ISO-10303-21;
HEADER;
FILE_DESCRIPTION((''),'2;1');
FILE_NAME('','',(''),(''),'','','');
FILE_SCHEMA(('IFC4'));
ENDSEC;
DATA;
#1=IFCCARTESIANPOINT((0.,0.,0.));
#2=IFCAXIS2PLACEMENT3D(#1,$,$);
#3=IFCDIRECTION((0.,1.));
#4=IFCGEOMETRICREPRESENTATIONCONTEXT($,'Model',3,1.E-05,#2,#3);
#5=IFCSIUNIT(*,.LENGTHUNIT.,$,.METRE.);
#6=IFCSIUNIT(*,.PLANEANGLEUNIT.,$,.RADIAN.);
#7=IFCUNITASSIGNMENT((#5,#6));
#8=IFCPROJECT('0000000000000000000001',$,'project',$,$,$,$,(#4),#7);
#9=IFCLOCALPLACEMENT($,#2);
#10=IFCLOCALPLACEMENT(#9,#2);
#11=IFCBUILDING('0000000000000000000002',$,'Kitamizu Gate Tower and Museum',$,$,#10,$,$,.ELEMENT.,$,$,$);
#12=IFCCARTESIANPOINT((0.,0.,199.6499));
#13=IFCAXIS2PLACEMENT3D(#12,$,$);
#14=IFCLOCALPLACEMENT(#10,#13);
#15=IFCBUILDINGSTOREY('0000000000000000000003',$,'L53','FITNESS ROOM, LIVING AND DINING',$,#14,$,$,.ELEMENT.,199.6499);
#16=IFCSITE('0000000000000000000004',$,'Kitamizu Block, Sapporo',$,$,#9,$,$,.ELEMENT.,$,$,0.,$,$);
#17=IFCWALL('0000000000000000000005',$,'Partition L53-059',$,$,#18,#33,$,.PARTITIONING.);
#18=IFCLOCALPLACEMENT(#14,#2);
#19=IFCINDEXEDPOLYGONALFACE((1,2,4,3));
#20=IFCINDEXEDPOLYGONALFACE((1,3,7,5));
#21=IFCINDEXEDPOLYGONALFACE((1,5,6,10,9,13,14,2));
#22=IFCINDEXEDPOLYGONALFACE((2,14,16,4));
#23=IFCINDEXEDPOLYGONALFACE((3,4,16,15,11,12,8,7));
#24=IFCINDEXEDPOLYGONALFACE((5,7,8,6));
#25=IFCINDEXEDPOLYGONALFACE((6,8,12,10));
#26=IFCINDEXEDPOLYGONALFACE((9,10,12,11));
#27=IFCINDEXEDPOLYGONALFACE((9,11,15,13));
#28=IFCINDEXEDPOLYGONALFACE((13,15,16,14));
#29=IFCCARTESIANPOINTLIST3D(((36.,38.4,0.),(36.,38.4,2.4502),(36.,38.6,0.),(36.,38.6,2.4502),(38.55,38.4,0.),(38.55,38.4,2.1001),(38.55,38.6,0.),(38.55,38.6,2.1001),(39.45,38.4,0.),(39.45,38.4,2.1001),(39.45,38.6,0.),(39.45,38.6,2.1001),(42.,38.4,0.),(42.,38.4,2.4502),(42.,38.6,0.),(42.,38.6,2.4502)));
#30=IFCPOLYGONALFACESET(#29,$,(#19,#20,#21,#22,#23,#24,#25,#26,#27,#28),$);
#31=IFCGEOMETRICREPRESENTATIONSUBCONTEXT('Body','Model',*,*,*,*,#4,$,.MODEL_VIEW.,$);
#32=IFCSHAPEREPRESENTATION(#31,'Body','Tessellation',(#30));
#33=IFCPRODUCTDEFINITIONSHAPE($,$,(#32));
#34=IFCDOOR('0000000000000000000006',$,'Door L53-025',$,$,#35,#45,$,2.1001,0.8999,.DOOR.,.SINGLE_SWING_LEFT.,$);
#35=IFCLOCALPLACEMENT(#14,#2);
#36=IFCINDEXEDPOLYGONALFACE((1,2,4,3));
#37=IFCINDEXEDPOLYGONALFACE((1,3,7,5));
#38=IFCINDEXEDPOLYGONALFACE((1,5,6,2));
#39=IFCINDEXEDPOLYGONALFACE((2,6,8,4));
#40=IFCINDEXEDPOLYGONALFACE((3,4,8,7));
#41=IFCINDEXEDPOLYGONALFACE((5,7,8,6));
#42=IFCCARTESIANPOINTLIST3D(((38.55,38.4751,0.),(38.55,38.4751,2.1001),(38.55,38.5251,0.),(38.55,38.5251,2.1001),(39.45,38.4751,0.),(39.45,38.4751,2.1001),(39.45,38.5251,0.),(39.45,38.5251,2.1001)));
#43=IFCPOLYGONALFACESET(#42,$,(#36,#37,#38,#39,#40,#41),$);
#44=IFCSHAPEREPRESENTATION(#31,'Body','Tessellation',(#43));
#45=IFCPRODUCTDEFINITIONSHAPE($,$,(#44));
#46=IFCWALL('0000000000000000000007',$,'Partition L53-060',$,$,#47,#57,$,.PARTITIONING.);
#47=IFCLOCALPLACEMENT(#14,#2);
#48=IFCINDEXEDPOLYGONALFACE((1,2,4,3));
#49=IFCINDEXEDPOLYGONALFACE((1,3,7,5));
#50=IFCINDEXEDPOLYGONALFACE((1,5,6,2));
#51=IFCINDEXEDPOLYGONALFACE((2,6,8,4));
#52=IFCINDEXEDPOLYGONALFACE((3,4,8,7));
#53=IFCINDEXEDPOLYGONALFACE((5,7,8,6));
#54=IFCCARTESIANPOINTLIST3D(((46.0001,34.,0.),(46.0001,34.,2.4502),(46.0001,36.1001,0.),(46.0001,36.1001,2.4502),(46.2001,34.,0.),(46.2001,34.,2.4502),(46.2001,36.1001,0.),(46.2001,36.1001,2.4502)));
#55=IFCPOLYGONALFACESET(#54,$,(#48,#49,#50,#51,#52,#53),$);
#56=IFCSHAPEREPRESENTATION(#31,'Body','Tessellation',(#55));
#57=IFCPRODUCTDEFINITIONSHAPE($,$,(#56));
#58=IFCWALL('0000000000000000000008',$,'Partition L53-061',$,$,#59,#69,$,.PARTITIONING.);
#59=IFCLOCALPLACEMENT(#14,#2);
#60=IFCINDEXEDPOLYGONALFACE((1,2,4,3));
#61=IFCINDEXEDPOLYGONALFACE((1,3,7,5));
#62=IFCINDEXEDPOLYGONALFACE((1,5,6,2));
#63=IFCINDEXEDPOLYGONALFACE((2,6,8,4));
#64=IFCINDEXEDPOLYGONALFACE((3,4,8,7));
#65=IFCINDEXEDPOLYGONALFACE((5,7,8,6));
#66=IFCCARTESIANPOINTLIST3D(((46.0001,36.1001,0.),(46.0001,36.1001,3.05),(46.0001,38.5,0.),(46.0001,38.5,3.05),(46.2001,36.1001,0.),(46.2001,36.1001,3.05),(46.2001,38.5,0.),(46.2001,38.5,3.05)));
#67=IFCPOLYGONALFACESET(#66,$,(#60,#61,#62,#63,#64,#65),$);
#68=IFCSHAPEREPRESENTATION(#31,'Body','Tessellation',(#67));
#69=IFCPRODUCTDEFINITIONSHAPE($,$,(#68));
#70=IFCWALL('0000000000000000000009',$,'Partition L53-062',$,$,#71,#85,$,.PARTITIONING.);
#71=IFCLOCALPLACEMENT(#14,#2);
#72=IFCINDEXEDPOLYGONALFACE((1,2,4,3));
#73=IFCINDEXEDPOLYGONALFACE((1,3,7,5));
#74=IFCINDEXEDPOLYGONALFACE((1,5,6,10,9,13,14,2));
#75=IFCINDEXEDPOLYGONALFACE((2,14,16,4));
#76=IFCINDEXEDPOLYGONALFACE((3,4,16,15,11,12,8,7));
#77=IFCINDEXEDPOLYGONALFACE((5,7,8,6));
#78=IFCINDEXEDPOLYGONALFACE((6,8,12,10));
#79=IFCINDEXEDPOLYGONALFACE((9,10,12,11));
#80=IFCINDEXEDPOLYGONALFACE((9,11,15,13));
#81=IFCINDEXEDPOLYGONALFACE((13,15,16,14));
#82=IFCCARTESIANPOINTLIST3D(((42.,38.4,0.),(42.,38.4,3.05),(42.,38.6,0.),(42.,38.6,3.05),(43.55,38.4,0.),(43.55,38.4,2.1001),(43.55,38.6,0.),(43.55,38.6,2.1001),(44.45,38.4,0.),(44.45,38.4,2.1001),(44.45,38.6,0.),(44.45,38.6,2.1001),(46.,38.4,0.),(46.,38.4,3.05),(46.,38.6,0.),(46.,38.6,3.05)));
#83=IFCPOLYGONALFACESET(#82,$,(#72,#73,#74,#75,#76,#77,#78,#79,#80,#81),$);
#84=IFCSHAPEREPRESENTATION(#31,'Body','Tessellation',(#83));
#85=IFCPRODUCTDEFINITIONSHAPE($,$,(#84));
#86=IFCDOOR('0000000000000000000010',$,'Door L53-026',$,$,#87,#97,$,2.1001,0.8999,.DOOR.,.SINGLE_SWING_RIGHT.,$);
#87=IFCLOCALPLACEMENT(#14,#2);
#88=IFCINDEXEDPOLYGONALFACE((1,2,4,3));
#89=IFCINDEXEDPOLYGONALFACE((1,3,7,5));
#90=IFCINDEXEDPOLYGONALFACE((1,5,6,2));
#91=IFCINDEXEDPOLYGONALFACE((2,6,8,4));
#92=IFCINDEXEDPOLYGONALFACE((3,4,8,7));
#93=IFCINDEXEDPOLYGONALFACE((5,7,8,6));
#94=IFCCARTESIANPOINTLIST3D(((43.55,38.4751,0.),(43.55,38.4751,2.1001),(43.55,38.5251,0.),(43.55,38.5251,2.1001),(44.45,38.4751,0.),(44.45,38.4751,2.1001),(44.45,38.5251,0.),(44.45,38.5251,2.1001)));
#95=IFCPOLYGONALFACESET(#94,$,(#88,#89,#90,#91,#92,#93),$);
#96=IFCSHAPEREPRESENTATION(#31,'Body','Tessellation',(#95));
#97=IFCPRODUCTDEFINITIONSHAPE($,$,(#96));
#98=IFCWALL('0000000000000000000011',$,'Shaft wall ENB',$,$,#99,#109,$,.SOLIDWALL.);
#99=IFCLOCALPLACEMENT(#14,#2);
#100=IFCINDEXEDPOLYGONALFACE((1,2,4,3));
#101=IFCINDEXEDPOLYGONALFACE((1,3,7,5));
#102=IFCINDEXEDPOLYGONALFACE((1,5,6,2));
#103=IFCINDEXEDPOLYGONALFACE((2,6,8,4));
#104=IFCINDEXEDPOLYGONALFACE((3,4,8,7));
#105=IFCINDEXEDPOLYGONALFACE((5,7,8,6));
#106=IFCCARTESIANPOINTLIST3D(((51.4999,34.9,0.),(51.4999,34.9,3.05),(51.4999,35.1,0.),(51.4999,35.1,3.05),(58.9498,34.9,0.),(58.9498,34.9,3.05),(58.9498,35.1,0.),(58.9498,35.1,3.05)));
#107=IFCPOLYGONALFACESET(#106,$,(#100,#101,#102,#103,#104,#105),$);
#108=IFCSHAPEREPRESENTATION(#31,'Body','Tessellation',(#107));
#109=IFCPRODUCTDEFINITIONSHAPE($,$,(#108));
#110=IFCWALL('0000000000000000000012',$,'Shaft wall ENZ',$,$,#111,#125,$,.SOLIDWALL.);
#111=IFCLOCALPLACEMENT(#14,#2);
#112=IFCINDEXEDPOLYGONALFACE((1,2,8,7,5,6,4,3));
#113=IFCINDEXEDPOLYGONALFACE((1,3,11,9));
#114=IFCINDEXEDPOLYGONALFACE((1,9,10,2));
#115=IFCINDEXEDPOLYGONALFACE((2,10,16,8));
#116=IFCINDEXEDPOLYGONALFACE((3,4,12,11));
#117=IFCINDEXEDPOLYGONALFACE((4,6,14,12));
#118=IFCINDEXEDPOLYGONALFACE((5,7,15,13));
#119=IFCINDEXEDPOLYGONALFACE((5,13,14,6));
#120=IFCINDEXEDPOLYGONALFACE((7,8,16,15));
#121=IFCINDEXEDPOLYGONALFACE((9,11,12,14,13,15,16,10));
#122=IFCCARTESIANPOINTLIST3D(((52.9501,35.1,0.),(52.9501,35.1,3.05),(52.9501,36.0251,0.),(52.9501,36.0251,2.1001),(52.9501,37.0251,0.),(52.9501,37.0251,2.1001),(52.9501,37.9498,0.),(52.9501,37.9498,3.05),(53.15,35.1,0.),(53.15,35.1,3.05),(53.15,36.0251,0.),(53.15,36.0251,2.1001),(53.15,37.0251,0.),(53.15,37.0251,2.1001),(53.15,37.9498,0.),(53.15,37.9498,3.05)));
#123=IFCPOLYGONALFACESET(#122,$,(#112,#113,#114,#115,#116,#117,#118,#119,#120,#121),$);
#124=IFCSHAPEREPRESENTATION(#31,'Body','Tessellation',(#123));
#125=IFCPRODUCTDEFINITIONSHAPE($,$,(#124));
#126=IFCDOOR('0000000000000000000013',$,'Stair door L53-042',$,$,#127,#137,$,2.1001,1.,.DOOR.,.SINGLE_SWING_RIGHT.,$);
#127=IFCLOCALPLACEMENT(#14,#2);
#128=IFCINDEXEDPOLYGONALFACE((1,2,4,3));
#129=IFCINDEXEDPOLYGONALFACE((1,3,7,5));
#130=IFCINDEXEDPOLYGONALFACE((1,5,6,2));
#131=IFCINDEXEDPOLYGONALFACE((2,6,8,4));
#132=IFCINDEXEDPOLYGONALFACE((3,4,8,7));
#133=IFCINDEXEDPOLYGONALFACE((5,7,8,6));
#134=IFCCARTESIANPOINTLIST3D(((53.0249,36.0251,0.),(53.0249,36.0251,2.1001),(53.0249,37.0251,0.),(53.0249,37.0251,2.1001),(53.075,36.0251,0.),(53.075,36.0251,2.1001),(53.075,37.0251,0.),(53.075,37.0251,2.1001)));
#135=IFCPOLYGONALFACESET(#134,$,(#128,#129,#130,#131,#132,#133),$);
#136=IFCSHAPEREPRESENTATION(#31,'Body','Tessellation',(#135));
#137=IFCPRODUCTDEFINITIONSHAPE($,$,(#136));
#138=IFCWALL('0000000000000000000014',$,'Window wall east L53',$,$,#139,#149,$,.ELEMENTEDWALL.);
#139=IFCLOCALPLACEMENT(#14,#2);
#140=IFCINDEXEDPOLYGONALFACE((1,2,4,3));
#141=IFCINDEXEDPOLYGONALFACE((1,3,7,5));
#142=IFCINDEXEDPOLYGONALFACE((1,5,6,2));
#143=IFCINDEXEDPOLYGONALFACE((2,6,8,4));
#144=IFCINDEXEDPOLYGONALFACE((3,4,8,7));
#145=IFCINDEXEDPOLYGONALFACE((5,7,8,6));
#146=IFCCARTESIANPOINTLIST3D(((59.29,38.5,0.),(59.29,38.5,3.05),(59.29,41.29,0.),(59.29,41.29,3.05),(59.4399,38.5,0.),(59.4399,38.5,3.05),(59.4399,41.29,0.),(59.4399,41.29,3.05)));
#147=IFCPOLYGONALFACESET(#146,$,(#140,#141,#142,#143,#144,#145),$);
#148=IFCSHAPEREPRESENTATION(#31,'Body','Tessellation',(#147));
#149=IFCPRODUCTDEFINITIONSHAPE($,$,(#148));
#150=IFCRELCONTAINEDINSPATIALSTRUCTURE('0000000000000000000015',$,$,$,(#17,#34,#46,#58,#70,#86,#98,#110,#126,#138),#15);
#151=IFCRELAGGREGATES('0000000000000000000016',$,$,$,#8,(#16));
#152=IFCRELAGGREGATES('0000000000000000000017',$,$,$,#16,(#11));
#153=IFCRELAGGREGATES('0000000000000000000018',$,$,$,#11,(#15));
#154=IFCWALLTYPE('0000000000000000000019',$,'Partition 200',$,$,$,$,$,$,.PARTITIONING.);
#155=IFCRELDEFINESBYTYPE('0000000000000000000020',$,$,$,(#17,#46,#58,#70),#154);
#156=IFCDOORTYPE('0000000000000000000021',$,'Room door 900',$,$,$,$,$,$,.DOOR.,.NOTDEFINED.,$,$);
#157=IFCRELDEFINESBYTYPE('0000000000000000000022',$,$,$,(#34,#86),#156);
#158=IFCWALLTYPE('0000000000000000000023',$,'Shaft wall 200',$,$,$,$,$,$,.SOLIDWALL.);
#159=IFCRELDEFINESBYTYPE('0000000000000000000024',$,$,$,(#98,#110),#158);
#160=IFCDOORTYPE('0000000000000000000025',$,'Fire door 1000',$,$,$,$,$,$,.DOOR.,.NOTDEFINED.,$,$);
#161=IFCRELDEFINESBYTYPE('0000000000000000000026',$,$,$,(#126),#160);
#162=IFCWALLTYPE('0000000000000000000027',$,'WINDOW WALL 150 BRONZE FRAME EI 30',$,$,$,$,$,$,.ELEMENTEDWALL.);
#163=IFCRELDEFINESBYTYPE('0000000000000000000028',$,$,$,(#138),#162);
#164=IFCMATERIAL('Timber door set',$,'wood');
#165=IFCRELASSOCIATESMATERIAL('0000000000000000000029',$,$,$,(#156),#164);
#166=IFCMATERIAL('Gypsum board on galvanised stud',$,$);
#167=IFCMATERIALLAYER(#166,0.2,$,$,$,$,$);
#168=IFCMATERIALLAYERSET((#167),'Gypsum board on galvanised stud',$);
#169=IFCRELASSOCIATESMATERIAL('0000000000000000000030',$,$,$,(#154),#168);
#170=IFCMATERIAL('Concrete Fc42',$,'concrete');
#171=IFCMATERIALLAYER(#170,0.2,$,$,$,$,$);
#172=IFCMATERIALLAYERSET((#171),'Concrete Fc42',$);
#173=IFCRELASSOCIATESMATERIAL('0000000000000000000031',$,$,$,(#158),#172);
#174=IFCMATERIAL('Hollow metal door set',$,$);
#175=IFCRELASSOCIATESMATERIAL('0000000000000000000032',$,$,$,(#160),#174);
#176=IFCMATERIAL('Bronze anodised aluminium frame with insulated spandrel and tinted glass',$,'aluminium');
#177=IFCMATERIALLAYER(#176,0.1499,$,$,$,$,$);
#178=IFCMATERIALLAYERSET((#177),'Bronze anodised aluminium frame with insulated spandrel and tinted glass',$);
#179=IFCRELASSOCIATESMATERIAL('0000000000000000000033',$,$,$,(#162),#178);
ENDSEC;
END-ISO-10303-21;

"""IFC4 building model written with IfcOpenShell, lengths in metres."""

from ifc_helpers import new_model, si_unit, direction, frame, frame_2d, origin, place, context, subcontext, project, spatial, rectangle, extrude, material, layer, layer_set, type_object, element, fill, save


model = new_model("IFC4")

# Units and contexts
model_context = context("Model", 3, precision=1e-05, world=origin(), true_north=direction((0.0, 1.0)))
body_context = subcontext(model_context, "Body", "Model", "MODEL_VIEW")
ifc_project = project(units=[si_unit("LENGTHUNIT", "METRE"), si_unit("PLANEANGLEUNIT", "RADIAN")], contexts=[model_context])

# Site, building, storey
site_placement = place(None, origin())
site = spatial("IfcSite", under=ifc_project, at=site_placement, Name="Kitamizu Block, Sapporo", CompositionType="ELEMENT", RefElevation=0.0)
building_placement = place(site_placement, origin())
building = spatial("IfcBuilding", under=site, at=building_placement, Name="Kitamizu Gate Tower and Museum", CompositionType="ELEMENT")
storey_placement = place(building_placement, frame((0.0, 0.0, 199.6499)))
storey = spatial("IfcBuildingStorey", under=building, at=storey_placement, Name="L53", Description="FITNESS ROOM, LIVING AND DINING", CompositionType="ELEMENT", Elevation=199.6499)

# Shared definitions
ifc_material_1 = material(Name="Timber door set", Category="wood")
door_type_1 = type_object("IfcDoorType", Name="Room door 900", OperationType="NOTDEFINED", PredefinedType="DOOR", material=ifc_material_1)

# Shared definitions
ifc_material_2 = material(Name="Gypsum board on galvanised stud")
ifc_layer_1 = layer(ifc_material_2, 0.2)
ifc_layer_set_1 = layer_set([ifc_layer_1], Name="Gypsum board on galvanised stud")
wall_type_1 = type_object("IfcWallType", Name="Partition 200", PredefinedType="PARTITIONING", material=ifc_layer_set_1)

# Wall, opening, door
wall_1_placement = place(storey_placement, frame((42.0, 38.5, 0.0), z_axis=(0.0, 0.0, 1.0), x_axis=(-1.0, 0.0, 0.0)))
wall_1 = element("IfcWall", 1, at=wall_1_placement, inside=storey, type_object=wall_type_1, Name="Partition L53-059", PredefinedType="PARTITIONING", context=body_context, shape_type="SweptSolid", body=[
    extrude(rectangle(XDim=6.0, YDim=0.2, at=frame_2d((3.0, 0.0))), origin(), (0.0, 0.0, 1.0), 2.4502),
])
opening_1_placement = place(wall_1_placement, frame((2.55, 0.0, 0.0)))
opening_1 = element("IfcOpeningElement", 2, at=opening_1_placement, cuts=wall_1, PredefinedType="OPENING", context=body_context, shape_type="SweptSolid", body=[
    extrude(rectangle(XDim=0.8999, YDim=2.1001, at=frame_2d((0.45, 1.05))), frame((0.0, 0.1099, 0.0), z_axis=(0.0, -1.0, 0.0), x_axis=(1.0, 0.0, 0.0)), (0.0, 0.0, 1.0), 0.22),
])
door_1_placement = place(opening_1_placement, origin())
door_1 = element("IfcDoor", 3, at=door_1_placement, inside=storey, type_object=door_type_1, Name="Door L53-025", OperationType="SINGLE_SWING_LEFT", OverallHeight=2.1001, OverallWidth=0.8999, PredefinedType="DOOR", context=body_context, shape_type="SweptSolid", body=[
    extrude(rectangle(XDim=0.8999, YDim=2.1001, at=frame_2d((0.45, 1.05))), frame((0.0, 0.0249, 0.0), z_axis=(0.0, -1.0, 0.0), x_axis=(1.0, 0.0, 0.0)), (0.0, 0.0, 1.0), 0.05),
])
fill(opening_1, door_1)

# Walls
wall_2_placement = place(storey_placement, frame((46.1001, 34.0, 0.0), z_axis=(0.0, 0.0, 1.0), x_axis=(0.0, 1.0, 0.0)))
element("IfcWall", 4, at=wall_2_placement, inside=storey, type_object=wall_type_1, Name="Partition L53-060", PredefinedType="PARTITIONING", context=body_context, shape_type="SweptSolid", body=[
    extrude(rectangle(XDim=2.1001, YDim=0.2, at=frame_2d((1.05, 0.0))), origin(), (0.0, 0.0, 1.0), 2.4502),
])
wall_3_placement = place(storey_placement, frame((46.1001, 36.1001, 0.0), z_axis=(0.0, 0.0, 1.0), x_axis=(0.0, 1.0, 0.0)))
element("IfcWall", 5, at=wall_3_placement, inside=storey, type_object=wall_type_1, Name="Partition L53-061", PredefinedType="PARTITIONING", context=body_context, shape_type="SweptSolid", body=[
    extrude(rectangle(XDim=2.3999, YDim=0.2, at=frame_2d((1.2, 0.0))), origin(), (0.0, 0.0, 1.0), 3.05),
])

# Wall, opening, door
wall_4_placement = place(storey_placement, frame((46.0, 38.5, 0.0), z_axis=(0.0, 0.0, 1.0), x_axis=(-1.0, 0.0, 0.0)))
wall_4 = element("IfcWall", 6, at=wall_4_placement, inside=storey, type_object=wall_type_1, Name="Partition L53-062", PredefinedType="PARTITIONING", context=body_context, shape_type="SweptSolid", body=[
    extrude(rectangle(XDim=4.0, YDim=0.2, at=frame_2d((2.0, 0.0))), origin(), (0.0, 0.0, 1.0), 3.05),
])
opening_2_placement = place(wall_4_placement, frame((1.55, 0.0, 0.0)))
opening_2 = element("IfcOpeningElement", 7, at=opening_2_placement, cuts=wall_4, PredefinedType="OPENING", context=body_context, shape_type="SweptSolid", body=[
    extrude(rectangle(XDim=0.8999, YDim=2.1001, at=frame_2d((0.45, 1.05))), frame((0.0, 0.1099, 0.0), z_axis=(0.0, -1.0, 0.0), x_axis=(1.0, 0.0, 0.0)), (0.0, 0.0, 1.0), 0.22),
])
door_2_placement = place(opening_2_placement, origin())
door_2 = element("IfcDoor", 8, at=door_2_placement, inside=storey, type_object=door_type_1, Name="Door L53-026", OperationType="SINGLE_SWING_RIGHT", OverallHeight=2.1001, OverallWidth=0.8999, PredefinedType="DOOR", context=body_context, shape_type="SweptSolid", body=[
    extrude(rectangle(XDim=0.8999, YDim=2.1001, at=frame_2d((0.45, 1.05))), frame((0.0, 0.0249, 0.0), z_axis=(0.0, -1.0, 0.0), x_axis=(1.0, 0.0, 0.0)), (0.0, 0.0, 1.0), 0.05),
])
fill(opening_2, door_2)

# Wall
ifc_material_3 = material(Name="Concrete Fc42", Category="concrete")
ifc_layer_2 = layer(ifc_material_3, 0.2)
ifc_layer_set_2 = layer_set([ifc_layer_2], Name="Concrete Fc42")
wall_type_2 = type_object("IfcWallType", Name="Shaft wall 200", PredefinedType="SOLIDWALL", material=ifc_layer_set_2)
wall_5_placement = place(storey_placement, frame((58.95, 35.0, 0.0), z_axis=(0.0, 0.0, 1.0), x_axis=(-1.0, 0.0, 0.0)))
element("IfcWall", 9, at=wall_5_placement, inside=storey, type_object=wall_type_2, Name="Shaft wall ENB", PredefinedType="SOLIDWALL", context=body_context, shape_type="SweptSolid", body=[
    extrude(rectangle(XDim=7.45, YDim=0.2, at=frame_2d((3.7251, 0.0))), origin(), (0.0, 0.0, 1.0), 3.05),
])

# Wall, opening, door
wall_6_placement = place(storey_placement, frame((53.05, 35.1001, 0.0), z_axis=(0.0, 0.0, 1.0), x_axis=(0.0, 1.0, 0.0)))
wall_6 = element("IfcWall", 10, at=wall_6_placement, inside=storey, type_object=wall_type_2, Name="Shaft wall ENZ", PredefinedType="SOLIDWALL", context=body_context, shape_type="SweptSolid", body=[
    extrude(rectangle(XDim=2.8499, YDim=0.2, at=frame_2d((1.4248, 0.0))), origin(), (0.0, 0.0, 1.0), 3.05),
])
opening_3_placement = place(wall_6_placement, frame((0.925, 0.0, 0.0)))
opening_3 = element("IfcOpeningElement", 11, at=opening_3_placement, cuts=wall_6, PredefinedType="OPENING", context=body_context, shape_type="SweptSolid", body=[
    extrude(rectangle(XDim=1.0, YDim=2.1001, at=frame_2d((0.5, 1.05))), frame((0.0, 0.1099, 0.0), z_axis=(0.0, -1.0, 0.0), x_axis=(1.0, 0.0, 0.0)), (0.0, 0.0, 1.0), 0.22),
])
ifc_material_4 = material(Name="Hollow metal door set")
door_type_2 = type_object("IfcDoorType", Name="Fire door 1000", OperationType="NOTDEFINED", PredefinedType="DOOR", material=ifc_material_4)
door_3_placement = place(opening_3_placement, frame((1.0, 0.0, 0.0), x_axis=(-1.0, 0.0, 0.0)))
door_3 = element("IfcDoor", 12, at=door_3_placement, inside=storey, type_object=door_type_2, Name="Stair door L53-042", OperationType="SINGLE_SWING_RIGHT", OverallHeight=2.1001, OverallWidth=1.0, PredefinedType="DOOR", context=body_context, shape_type="SweptSolid", body=[
    extrude(rectangle(XDim=1.0, YDim=2.1001, at=frame_2d((0.5, 1.05))), frame((0.0, 0.0249, 0.0), z_axis=(0.0, -1.0, 0.0), x_axis=(1.0, 0.0, 0.0)), (0.0, 0.0, 1.0), 0.05),
])
fill(opening_3, door_3)

# Wall
ifc_material_5 = material(Name="Bronze anodised aluminium frame with insulated spandrel and tinted glass", Category="aluminium")
ifc_layer_3 = layer(ifc_material_5, 0.1499)
ifc_layer_set_3 = layer_set([ifc_layer_3], Name="Bronze anodised aluminium frame with insulated spandrel and tinted glass")
wall_type_3 = type_object("IfcWallType", Name="WINDOW WALL 150 BRONZE FRAME EI 30", PredefinedType="ELEMENTEDWALL", material=ifc_layer_set_3)
wall_7_placement = place(storey_placement, frame((59.365, 38.5, 0.0), z_axis=(0.0, 0.0, 1.0), x_axis=(0.0, 1.0, 0.0)))
element("IfcWall", 13, at=wall_7_placement, inside=storey, type_object=wall_type_3, Name="Window wall east L53", PredefinedType="ELEMENTEDWALL", context=body_context, shape_type="SweptSolid", body=[
    extrude(rectangle(XDim=2.79, YDim=0.1499, at=frame_2d((1.395, 0.0))), origin(), (0.0, 0.0, 1.0), 3.05),
])

save(model, "model.ifc")
